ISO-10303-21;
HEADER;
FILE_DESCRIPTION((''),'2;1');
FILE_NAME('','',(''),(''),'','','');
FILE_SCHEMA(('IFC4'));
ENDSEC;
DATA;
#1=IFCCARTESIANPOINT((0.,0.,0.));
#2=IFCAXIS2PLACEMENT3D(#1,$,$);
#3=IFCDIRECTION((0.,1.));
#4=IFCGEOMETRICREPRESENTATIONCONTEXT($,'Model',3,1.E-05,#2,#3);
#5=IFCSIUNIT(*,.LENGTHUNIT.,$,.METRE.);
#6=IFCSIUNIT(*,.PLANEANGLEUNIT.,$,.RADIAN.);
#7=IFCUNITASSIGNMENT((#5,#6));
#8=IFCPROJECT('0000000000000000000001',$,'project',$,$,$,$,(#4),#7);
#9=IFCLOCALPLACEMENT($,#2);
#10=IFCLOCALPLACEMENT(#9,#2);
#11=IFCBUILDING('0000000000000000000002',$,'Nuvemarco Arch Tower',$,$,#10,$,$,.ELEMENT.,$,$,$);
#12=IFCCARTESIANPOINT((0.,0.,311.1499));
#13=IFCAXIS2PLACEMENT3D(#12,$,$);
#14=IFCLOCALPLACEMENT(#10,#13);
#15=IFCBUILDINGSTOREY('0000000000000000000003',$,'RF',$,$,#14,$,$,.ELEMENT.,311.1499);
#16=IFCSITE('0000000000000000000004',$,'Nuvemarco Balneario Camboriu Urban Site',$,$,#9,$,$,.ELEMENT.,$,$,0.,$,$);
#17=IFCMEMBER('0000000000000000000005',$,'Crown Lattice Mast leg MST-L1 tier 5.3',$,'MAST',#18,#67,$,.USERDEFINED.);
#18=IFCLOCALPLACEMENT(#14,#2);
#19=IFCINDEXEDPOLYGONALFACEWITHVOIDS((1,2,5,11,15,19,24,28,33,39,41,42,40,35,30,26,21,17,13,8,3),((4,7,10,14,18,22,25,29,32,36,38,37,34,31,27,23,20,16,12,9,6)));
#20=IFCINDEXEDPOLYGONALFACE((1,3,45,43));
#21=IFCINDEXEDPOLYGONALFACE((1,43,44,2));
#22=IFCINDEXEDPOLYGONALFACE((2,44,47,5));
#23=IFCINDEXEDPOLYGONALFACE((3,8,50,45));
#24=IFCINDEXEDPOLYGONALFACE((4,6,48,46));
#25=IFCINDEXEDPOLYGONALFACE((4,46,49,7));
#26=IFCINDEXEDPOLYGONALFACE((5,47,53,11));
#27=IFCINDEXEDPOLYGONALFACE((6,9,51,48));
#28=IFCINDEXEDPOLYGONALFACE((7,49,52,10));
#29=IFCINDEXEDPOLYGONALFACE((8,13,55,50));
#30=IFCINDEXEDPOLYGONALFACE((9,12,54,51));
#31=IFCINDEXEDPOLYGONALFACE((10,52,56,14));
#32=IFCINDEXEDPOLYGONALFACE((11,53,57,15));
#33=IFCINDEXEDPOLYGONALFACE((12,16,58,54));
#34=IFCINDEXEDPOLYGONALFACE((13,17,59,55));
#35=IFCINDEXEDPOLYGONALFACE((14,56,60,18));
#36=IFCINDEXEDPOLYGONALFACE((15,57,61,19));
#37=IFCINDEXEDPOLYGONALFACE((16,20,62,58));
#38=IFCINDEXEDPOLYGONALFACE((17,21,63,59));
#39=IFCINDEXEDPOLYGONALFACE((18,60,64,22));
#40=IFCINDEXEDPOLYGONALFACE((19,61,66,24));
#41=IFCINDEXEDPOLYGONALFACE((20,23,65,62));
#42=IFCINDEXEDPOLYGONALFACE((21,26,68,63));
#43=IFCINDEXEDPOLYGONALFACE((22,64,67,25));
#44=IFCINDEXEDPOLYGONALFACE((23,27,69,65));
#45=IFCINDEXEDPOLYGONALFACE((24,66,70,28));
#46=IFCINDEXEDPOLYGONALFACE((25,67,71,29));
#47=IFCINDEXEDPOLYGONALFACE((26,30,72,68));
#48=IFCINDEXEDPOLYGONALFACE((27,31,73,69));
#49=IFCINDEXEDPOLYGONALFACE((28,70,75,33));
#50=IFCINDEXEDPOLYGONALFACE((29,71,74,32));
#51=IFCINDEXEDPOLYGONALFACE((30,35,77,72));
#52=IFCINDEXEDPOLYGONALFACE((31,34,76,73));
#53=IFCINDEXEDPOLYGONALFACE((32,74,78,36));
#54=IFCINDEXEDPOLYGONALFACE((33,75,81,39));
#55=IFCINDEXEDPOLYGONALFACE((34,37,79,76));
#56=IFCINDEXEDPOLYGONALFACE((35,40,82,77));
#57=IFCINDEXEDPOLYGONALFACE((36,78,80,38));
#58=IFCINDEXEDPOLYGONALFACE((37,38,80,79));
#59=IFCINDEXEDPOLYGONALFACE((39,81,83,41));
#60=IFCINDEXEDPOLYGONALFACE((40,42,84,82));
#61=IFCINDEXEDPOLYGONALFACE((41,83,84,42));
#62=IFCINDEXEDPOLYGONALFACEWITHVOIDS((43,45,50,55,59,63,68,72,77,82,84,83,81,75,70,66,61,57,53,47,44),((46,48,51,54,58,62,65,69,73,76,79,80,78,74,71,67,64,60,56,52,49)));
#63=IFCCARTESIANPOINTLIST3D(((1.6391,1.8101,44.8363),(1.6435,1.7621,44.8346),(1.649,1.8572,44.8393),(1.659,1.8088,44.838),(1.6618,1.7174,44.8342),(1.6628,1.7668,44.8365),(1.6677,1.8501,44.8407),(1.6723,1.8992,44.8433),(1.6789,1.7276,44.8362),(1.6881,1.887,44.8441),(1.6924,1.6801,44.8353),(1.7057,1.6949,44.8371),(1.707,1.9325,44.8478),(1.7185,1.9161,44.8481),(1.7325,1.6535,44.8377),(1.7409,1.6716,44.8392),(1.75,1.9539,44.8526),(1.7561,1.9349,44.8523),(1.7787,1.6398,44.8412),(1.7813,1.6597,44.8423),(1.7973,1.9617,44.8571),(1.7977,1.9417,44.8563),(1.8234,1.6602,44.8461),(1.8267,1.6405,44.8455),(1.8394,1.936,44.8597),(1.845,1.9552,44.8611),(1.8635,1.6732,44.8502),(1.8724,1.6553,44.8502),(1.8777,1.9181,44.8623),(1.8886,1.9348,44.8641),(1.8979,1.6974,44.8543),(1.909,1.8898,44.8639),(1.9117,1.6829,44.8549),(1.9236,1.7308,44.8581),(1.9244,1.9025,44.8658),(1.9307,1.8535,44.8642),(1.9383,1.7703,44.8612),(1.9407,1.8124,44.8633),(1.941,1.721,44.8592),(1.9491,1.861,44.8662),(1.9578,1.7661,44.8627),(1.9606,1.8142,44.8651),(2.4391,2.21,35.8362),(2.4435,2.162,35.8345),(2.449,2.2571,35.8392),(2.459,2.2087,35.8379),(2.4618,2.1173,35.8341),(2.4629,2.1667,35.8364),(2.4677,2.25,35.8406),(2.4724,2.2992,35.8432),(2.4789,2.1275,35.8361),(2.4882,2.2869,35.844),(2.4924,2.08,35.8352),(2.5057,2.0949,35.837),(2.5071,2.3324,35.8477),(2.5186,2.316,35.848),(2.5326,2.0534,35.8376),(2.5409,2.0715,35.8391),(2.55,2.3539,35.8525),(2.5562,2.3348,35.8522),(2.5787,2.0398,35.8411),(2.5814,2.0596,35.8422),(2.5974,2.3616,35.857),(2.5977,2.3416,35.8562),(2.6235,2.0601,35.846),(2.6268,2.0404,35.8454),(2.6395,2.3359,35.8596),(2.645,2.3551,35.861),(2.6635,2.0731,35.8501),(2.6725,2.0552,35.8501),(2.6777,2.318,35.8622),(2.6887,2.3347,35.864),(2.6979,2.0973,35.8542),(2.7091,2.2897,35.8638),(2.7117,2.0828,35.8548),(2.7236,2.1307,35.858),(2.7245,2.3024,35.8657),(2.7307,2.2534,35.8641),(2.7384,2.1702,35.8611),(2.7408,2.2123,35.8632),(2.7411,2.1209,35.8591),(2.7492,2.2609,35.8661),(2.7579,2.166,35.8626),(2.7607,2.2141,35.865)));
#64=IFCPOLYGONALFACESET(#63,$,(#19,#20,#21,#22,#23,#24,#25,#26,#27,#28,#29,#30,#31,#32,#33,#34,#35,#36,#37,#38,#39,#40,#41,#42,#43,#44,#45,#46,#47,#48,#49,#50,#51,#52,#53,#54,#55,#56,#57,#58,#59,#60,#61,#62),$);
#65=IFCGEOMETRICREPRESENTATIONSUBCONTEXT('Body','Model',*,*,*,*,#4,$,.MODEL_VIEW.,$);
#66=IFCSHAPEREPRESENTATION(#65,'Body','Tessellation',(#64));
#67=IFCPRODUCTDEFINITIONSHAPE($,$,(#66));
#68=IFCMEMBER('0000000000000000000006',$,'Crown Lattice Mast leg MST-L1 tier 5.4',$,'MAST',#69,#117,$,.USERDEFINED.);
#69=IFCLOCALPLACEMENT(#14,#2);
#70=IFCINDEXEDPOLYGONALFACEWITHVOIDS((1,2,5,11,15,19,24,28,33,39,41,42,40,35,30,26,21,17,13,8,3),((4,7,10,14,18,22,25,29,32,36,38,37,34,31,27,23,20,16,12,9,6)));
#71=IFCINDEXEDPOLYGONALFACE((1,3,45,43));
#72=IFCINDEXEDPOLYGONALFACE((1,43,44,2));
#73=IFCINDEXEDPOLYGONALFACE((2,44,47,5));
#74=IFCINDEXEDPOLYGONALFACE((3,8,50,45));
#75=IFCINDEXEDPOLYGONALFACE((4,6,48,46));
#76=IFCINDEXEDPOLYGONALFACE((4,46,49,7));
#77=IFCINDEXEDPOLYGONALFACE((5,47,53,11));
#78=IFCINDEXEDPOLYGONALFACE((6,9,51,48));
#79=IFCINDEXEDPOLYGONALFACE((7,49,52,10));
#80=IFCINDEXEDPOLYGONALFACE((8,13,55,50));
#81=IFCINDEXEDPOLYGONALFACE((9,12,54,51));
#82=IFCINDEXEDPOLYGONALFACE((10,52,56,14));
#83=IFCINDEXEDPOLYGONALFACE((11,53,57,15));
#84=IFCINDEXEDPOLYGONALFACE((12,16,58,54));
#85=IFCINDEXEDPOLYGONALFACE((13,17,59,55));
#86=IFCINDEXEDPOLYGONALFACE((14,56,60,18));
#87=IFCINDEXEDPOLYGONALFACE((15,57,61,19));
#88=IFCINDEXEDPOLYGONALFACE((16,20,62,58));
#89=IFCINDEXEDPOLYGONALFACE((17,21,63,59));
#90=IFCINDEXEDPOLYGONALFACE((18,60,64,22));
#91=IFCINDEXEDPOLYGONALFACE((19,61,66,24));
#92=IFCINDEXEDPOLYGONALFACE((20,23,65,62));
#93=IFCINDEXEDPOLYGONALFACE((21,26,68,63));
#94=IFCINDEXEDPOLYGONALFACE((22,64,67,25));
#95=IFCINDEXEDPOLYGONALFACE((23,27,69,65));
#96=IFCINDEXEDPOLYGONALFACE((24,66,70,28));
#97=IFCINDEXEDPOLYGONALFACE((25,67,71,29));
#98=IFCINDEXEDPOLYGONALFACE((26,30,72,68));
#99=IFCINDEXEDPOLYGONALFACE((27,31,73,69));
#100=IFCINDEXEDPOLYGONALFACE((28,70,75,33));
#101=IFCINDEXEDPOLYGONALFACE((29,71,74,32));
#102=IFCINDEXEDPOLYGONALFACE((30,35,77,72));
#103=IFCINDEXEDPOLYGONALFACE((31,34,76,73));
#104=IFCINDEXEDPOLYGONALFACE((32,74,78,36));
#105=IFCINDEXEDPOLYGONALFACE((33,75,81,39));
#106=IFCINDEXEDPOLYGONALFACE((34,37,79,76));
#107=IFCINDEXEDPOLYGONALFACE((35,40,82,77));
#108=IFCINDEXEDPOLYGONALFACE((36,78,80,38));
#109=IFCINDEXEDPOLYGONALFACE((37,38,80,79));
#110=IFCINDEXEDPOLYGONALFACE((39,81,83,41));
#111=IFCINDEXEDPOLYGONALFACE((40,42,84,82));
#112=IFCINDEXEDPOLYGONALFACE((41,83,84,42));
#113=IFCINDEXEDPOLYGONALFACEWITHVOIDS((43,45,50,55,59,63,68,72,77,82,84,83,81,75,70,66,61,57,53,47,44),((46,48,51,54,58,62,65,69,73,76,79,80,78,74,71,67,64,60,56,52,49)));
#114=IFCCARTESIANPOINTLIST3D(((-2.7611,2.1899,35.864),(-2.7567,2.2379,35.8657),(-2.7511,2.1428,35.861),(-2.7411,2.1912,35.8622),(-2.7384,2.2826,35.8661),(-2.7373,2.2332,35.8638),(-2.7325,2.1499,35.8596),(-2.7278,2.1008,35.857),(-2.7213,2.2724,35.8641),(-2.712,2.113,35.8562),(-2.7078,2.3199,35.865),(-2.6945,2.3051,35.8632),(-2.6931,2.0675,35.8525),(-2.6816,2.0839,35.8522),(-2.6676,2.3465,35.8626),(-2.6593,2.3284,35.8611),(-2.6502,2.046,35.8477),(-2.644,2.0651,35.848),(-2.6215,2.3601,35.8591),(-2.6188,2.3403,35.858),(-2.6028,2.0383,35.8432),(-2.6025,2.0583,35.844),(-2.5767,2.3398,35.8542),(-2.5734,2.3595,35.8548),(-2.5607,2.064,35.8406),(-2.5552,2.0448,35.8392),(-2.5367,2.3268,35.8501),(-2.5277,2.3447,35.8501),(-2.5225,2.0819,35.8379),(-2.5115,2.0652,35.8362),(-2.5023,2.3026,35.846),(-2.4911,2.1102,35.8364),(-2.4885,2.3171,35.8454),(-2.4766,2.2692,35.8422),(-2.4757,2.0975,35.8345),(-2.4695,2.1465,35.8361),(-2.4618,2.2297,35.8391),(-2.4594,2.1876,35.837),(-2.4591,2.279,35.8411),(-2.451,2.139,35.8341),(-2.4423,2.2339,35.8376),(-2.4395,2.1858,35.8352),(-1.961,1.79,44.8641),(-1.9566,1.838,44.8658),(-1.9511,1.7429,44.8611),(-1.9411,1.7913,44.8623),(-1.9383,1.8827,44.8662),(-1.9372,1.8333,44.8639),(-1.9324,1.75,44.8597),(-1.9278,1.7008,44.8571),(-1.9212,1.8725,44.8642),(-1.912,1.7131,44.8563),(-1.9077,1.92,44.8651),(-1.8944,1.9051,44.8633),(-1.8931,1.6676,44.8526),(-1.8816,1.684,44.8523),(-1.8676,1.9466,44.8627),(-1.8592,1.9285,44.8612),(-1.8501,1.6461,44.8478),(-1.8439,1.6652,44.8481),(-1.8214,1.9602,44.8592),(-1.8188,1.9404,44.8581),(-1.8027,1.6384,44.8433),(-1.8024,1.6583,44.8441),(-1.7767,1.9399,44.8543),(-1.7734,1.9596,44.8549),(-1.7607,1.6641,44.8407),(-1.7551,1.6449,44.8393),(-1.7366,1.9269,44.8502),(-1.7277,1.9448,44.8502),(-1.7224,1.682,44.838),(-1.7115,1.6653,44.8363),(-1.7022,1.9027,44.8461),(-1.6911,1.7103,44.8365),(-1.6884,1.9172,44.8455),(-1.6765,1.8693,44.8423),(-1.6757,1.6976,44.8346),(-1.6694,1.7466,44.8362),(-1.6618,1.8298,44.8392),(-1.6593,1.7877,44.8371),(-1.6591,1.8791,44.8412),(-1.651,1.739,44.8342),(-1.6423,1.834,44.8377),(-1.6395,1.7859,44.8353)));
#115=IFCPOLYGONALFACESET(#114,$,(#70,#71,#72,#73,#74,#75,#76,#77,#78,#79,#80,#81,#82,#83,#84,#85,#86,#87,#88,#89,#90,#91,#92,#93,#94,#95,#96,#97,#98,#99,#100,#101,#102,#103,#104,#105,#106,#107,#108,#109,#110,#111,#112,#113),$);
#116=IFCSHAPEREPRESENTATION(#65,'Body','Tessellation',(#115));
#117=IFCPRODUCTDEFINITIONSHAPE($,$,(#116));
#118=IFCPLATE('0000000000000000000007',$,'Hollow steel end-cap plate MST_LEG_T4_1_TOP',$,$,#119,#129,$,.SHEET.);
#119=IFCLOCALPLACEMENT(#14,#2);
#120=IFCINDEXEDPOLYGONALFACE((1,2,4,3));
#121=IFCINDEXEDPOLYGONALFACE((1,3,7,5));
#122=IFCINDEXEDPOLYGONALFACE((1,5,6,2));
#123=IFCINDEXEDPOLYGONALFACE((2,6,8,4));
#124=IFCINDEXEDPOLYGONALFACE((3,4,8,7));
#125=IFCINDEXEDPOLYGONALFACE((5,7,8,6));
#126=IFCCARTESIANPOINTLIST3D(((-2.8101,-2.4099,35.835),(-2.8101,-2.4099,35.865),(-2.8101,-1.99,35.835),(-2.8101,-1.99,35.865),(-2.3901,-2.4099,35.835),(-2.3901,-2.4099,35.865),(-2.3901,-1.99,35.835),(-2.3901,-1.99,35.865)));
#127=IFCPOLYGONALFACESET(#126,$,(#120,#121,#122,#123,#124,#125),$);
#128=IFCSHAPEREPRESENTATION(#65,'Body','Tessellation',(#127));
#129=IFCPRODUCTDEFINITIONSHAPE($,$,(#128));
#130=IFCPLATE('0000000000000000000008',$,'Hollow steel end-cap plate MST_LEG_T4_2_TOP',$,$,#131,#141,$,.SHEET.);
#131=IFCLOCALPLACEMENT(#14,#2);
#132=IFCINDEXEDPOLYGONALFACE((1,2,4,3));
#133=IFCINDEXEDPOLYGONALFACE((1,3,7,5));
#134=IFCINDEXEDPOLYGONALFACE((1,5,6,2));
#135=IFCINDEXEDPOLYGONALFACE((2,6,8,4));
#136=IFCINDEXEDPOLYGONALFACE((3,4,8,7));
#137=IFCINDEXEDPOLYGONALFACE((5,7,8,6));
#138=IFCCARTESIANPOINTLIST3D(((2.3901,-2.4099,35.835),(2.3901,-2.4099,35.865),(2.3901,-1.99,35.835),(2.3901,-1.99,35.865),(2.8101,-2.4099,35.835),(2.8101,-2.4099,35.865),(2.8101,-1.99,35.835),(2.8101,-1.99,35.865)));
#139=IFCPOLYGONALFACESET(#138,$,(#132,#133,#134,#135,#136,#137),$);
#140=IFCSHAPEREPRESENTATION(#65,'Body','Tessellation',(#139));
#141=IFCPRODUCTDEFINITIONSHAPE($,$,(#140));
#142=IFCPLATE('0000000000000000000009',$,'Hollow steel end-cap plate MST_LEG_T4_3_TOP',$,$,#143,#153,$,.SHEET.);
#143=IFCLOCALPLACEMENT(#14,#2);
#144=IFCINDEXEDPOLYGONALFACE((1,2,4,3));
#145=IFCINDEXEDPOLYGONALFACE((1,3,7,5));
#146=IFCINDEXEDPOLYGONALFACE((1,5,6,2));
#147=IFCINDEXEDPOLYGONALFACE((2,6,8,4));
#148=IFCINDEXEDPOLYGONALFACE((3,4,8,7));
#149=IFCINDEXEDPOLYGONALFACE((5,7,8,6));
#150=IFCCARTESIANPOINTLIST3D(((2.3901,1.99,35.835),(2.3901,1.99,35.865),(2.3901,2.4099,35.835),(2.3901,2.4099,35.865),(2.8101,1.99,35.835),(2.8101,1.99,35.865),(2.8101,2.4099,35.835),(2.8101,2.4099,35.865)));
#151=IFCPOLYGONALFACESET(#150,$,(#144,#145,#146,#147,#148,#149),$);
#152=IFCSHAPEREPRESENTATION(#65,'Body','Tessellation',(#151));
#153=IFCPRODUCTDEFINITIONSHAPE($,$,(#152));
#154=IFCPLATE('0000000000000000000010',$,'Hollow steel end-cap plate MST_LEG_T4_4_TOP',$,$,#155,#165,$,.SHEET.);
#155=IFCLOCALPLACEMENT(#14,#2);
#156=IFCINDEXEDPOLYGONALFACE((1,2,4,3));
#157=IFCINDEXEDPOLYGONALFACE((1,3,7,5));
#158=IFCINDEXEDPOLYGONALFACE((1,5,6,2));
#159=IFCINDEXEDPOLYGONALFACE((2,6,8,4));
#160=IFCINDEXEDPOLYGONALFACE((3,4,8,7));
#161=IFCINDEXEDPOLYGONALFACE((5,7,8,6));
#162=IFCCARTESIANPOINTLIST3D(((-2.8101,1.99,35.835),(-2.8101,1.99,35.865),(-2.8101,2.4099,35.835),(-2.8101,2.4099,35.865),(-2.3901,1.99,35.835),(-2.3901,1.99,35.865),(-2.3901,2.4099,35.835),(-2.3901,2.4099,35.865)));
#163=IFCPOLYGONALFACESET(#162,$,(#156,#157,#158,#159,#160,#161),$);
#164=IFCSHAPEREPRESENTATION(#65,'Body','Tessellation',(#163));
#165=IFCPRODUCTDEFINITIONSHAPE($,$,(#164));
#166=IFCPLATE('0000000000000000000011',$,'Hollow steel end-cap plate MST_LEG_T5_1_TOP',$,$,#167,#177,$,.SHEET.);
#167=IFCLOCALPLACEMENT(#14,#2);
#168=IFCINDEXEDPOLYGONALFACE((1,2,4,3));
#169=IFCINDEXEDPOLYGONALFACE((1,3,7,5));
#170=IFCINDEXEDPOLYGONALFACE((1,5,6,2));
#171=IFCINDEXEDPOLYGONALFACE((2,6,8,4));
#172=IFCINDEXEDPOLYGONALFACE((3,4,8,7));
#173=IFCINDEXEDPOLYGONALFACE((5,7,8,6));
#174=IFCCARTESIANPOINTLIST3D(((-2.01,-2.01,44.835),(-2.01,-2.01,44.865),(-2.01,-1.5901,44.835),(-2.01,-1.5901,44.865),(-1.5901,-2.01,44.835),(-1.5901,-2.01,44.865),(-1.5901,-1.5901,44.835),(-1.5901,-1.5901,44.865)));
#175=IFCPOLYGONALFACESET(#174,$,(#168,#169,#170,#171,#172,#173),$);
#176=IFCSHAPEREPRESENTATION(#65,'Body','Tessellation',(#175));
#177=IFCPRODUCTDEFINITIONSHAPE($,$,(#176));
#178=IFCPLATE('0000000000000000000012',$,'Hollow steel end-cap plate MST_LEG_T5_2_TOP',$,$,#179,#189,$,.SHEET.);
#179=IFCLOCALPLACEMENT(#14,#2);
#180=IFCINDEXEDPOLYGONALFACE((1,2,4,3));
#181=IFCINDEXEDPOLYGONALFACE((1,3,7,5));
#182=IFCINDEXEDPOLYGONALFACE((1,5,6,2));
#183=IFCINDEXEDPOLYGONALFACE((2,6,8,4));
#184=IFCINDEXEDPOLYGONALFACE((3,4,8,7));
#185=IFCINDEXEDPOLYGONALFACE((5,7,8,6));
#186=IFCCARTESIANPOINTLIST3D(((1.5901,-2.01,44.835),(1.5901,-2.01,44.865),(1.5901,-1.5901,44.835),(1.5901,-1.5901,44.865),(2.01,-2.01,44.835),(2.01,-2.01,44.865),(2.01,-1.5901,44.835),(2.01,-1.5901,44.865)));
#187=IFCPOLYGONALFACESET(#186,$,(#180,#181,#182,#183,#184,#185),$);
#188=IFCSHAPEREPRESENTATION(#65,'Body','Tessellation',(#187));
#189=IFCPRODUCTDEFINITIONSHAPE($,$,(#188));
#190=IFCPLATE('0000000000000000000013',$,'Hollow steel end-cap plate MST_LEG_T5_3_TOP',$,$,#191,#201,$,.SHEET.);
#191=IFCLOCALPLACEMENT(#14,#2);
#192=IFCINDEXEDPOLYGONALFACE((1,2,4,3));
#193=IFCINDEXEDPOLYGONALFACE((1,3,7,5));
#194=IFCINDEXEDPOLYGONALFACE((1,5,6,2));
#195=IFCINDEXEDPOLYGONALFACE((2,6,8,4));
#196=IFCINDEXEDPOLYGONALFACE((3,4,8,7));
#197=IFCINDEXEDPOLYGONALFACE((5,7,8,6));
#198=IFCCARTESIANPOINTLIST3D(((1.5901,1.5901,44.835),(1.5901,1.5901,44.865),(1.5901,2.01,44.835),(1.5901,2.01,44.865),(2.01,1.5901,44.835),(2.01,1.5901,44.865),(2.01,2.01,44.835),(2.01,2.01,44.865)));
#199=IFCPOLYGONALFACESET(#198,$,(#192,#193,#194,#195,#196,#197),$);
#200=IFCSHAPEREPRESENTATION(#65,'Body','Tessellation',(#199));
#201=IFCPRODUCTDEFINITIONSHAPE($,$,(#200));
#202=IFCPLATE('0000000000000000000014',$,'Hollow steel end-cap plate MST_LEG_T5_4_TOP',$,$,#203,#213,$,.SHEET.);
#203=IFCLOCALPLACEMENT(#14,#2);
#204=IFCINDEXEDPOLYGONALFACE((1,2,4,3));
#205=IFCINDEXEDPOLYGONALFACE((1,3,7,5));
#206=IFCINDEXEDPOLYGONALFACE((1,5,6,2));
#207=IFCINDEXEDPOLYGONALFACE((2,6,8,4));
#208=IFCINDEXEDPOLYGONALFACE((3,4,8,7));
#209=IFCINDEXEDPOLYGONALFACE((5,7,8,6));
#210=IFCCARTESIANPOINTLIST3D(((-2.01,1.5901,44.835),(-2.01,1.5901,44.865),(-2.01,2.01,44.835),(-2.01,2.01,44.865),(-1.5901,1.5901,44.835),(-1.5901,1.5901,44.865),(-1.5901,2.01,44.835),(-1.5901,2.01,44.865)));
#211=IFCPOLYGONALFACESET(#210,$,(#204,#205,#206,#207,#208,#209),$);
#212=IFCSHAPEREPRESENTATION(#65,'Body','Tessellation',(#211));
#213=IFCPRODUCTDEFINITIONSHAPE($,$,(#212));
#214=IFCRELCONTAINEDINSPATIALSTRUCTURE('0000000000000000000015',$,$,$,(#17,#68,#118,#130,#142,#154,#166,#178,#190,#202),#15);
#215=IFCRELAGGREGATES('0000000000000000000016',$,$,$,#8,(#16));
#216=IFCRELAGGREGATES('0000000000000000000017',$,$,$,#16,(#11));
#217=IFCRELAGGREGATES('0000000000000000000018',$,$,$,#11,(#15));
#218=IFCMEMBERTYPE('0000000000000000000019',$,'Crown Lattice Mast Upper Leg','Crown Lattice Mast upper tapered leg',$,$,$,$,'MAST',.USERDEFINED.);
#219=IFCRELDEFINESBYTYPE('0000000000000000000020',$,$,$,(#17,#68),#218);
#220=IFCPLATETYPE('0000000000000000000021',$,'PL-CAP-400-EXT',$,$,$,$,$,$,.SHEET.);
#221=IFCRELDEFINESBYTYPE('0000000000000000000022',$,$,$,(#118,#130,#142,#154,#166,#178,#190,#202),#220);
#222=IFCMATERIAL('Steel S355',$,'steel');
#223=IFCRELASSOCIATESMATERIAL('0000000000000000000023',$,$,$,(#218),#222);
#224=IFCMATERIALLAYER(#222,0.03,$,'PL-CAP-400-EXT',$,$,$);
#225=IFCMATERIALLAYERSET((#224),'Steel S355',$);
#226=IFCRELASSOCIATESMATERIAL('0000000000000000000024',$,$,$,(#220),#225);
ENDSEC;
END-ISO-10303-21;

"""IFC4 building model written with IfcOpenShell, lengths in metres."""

from ifc_helpers import new_model, si_unit, direction, frame, origin, origin_2d, place, context, subcontext, project, spatial, rectangle, hollow_circle, extrude, source, transform, mapped, material, layer, layer_set, material_profile, profile_set, type_object, type_shapes, element, save


model = new_model("IFC4")

# Units and contexts
model_context = context("Model", 3, precision=1e-05, world=origin(), true_north=direction((0.0, 1.0)))
body_context = subcontext(model_context, "Body", "Model", "MODEL_VIEW")
ifc_project = project(units=[si_unit("LENGTHUNIT", "METRE"), si_unit("PLANEANGLEUNIT", "RADIAN")], contexts=[model_context])

# Site, building, storey
site_placement = place(None, origin())
site = spatial("IfcSite", under=ifc_project, at=site_placement, Name="Nuvemarco Balneario Camboriu Urban Site", CompositionType="ELEMENT", RefElevation=0.0)
building_placement = place(site_placement, origin())
building = spatial("IfcBuilding", under=site, at=building_placement, Name="Nuvemarco Arch Tower", CompositionType="ELEMENT")
storey_placement = place(building_placement, frame((0.0, 0.0, 311.1499)))
storey = spatial("IfcBuildingStorey", under=building, at=storey_placement, Name="RF", CompositionType="ELEMENT", Elevation=311.1499)

# Members
ifc_material = material(Name="Steel S355", Category="steel")
ifc_material_profile_1 = material_profile(ifc_material, hollow_circle(Radius=0.1619, WallThickness=0.02, at=origin_2d()), Name="CHS323.9x20")
ifc_profile_set_1 = profile_set([ifc_material_profile_1], Name="Steel S355")
member_type_1 = type_object("IfcMemberType", Name="Crown Lattice Mast Upper Leg", Description="Crown Lattice Mast upper tapered leg", ElementType="MAST", PredefinedType="USERDEFINED", material=ifc_profile_set_1)
for number, where, z_axis, x_axis, name in (
    (1, (2.6001, 2.2, 35.8501), (-0.088459, -0.044216, 0.995098), (0.447104, -0.894482, 0.0), "Crown Lattice Mast leg MST-L1 tier 5.3"),
    (2, (-2.6001, 2.2, 35.8501), (0.088459, -0.044216, 0.995098), (0.447104, 0.894482, 0.0), "Crown Lattice Mast leg MST-L1 tier 5.4"),
):
    element("IfcMember", number, at=place(storey_placement, frame(where, z_axis=z_axis, x_axis=x_axis)), inside=storey, type_object=member_type_1, Name=name, ObjectType="MAST", PredefinedType="USERDEFINED", context=body_context, shape_type="SweptSolid", body=[
        extrude(hollow_circle(Radius=0.1619, WallThickness=0.02, at=origin_2d()), origin(), (0.0, 0.0, 1.0), 9.0444),
    ])

# Plates
ifc_layer_1 = layer(ifc_material, 0.03, Name="PL-CAP-400-EXT")
ifc_layer_set_1 = layer_set([ifc_layer_1], Name="Steel S355")
plate_type_1 = type_object("IfcPlateType", Name="PL-CAP-400-EXT", PredefinedType="SHEET", material=ifc_layer_set_1)
shared_shape_1 = source(origin(), body_context, "Body", "SweptSolid", [
    extrude(rectangle(XDim=0.4199, YDim=0.4199, at=origin_2d()), origin(), (0.0, 0.0, 1.0), 0.03),
])
type_shapes(plate_type_1, [shared_shape_1])
for number, where, z_axis, x_axis, name in (
    (3, (-2.6001, -2.2, 35.835), (0.0, 0.0, 1.0), (1.0, 0.0, 0.0), "Hollow steel end-cap plate MST_LEG_T4_1_TOP"),
    (4, (2.6001, -2.2, 35.835), (0.0, 0.0, 1.0), (1.0, 0.0, 0.0), "Hollow steel end-cap plate MST_LEG_T4_2_TOP"),
    (5, (2.6001, 2.2, 35.835), (0.0, 0.0, 1.0), (1.0, 0.0, 0.0), "Hollow steel end-cap plate MST_LEG_T4_3_TOP"),
    (6, (-2.6001, 2.2, 35.835), (0.0, 0.0, 1.0), (1.0, 0.0, 0.0), "Hollow steel end-cap plate MST_LEG_T4_4_TOP"),
    (7, (-1.8, -1.8, 44.835), (0.0, 0.0, 1.0), (1.0, 0.0, 0.0), "Hollow steel end-cap plate MST_LEG_T5_1_TOP"),
    (8, (1.8, -1.8, 44.835), (0.0, 0.0, 1.0), (1.0, 0.0, 0.0), "Hollow steel end-cap plate MST_LEG_T5_2_TOP"),
    (9, (1.8, 1.8, 44.835), (0.0, 0.0, 1.0), (1.0, 0.0, 0.0), "Hollow steel end-cap plate MST_LEG_T5_3_TOP"),
    (10, (-1.8, 1.8, 44.835), (0.0, 0.0, 1.0), (1.0, 0.0, 0.0), "Hollow steel end-cap plate MST_LEG_T5_4_TOP"),
):
    element("IfcPlate", number, at=place(storey_placement, frame(where, z_axis=z_axis, x_axis=x_axis)), inside=storey, type_object=plate_type_1, Name=name, PredefinedType="SHEET", context=body_context, shape_type="MappedRepresentation", body=[
        mapped(shared_shape_1, transform((0.0, 0.0, 0.0), scale=1.0)),
    ])

save(model, "model.ifc")
